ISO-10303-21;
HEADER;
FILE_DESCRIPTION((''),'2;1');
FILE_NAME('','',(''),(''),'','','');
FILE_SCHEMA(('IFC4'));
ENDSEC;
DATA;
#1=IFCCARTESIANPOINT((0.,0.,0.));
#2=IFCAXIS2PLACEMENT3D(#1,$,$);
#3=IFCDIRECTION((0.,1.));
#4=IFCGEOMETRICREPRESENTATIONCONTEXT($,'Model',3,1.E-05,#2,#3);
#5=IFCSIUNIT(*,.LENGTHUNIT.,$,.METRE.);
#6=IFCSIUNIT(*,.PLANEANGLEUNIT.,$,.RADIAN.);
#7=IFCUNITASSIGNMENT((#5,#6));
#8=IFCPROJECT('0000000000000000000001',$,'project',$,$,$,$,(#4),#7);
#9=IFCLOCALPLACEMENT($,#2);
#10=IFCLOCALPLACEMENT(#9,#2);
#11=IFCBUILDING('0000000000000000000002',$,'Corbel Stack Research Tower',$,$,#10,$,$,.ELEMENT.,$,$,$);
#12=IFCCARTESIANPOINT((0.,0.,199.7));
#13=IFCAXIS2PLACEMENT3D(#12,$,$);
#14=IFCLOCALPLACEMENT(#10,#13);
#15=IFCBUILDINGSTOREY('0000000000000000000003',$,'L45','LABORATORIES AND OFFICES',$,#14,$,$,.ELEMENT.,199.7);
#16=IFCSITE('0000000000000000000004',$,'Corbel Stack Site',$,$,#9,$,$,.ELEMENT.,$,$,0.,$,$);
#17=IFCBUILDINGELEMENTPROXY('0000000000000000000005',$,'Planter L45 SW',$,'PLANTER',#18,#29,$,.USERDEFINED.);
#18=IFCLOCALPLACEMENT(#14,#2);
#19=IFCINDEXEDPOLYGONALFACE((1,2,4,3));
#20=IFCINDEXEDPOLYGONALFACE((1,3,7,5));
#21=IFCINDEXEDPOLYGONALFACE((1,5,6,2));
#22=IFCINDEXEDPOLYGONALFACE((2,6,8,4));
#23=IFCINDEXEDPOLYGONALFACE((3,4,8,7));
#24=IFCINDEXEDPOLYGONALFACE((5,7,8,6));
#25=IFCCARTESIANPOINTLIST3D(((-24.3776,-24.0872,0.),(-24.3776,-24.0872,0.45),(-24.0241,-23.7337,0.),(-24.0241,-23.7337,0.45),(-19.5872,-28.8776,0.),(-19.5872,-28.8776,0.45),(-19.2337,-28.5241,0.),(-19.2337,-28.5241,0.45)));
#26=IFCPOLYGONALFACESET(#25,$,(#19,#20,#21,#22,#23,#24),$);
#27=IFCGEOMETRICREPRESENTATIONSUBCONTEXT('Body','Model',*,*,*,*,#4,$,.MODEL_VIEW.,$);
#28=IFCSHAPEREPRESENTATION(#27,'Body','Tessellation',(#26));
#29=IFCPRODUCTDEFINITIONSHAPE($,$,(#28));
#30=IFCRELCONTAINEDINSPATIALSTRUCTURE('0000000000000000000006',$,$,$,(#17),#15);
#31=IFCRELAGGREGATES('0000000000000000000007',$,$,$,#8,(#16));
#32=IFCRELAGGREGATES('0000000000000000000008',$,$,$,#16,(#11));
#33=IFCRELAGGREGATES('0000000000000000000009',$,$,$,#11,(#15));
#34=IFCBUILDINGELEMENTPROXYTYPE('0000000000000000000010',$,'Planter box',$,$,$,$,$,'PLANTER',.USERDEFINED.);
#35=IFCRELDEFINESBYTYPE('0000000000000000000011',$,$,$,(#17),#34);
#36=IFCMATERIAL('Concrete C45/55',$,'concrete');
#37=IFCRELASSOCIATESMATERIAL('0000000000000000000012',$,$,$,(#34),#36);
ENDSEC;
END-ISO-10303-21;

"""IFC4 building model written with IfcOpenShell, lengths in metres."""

from ifc_helpers import new_model, si_unit, direction, frame, origin, origin_2d, place, context, subcontext, project, spatial, rectangle, extrude, material, type_object, element, save


model = new_model("IFC4")

# Units and contexts
model_context = context("Model", 3, precision=1e-05, world=origin(), true_north=direction((0.0, 1.0)))
body_context = subcontext(model_context, "Body", "Model", "MODEL_VIEW")
ifc_project = project(units=[si_unit("LENGTHUNIT", "METRE"), si_unit("PLANEANGLEUNIT", "RADIAN")], contexts=[model_context])

# Site, building, storey
site_placement = place(None, origin())
site = spatial("IfcSite", under=ifc_project, at=site_placement, Name="Corbel Stack Site", CompositionType="ELEMENT", RefElevation=0.0)
building_placement = place(site_placement, origin())
building = spatial("IfcBuilding", under=site, at=building_placement, Name="Corbel Stack Research Tower", CompositionType="ELEMENT")
storey_placement = place(building_placement, frame((0.0, 0.0, 199.7)))
storey = spatial("IfcBuildingStorey", under=building, at=storey_placement, Name="L45", Description="LABORATORIES AND OFFICES", CompositionType="ELEMENT", Elevation=199.7)

# Building element proxy
ifc_material_1 = material(Name="Concrete C45/55", Category="concrete")
building_element_proxy_type = type_object("IfcBuildingElementProxyType", Name="Planter box", ElementType="PLANTER", PredefinedType="USERDEFINED", material=ifc_material_1)
proxy_placement = place(storey_placement, frame((-21.8057, -26.3057, 0.0), z_axis=(0.0, 0.0, 1.0), x_axis=(0.707107, -0.707107, 0.0)))
element("IfcBuildingElementProxy", 1, at=proxy_placement, inside=storey, type_object=building_element_proxy_type, Name="Planter L45 SW", ObjectType="PLANTER", PredefinedType="USERDEFINED", context=body_context, shape_type="SweptSolid", body=[
    extrude(rectangle(XDim=6.7747, YDim=0.5, at=origin_2d()), origin(), (0.0, 0.0, 1.0), 0.45),
])

save(model, "model.ifc")
